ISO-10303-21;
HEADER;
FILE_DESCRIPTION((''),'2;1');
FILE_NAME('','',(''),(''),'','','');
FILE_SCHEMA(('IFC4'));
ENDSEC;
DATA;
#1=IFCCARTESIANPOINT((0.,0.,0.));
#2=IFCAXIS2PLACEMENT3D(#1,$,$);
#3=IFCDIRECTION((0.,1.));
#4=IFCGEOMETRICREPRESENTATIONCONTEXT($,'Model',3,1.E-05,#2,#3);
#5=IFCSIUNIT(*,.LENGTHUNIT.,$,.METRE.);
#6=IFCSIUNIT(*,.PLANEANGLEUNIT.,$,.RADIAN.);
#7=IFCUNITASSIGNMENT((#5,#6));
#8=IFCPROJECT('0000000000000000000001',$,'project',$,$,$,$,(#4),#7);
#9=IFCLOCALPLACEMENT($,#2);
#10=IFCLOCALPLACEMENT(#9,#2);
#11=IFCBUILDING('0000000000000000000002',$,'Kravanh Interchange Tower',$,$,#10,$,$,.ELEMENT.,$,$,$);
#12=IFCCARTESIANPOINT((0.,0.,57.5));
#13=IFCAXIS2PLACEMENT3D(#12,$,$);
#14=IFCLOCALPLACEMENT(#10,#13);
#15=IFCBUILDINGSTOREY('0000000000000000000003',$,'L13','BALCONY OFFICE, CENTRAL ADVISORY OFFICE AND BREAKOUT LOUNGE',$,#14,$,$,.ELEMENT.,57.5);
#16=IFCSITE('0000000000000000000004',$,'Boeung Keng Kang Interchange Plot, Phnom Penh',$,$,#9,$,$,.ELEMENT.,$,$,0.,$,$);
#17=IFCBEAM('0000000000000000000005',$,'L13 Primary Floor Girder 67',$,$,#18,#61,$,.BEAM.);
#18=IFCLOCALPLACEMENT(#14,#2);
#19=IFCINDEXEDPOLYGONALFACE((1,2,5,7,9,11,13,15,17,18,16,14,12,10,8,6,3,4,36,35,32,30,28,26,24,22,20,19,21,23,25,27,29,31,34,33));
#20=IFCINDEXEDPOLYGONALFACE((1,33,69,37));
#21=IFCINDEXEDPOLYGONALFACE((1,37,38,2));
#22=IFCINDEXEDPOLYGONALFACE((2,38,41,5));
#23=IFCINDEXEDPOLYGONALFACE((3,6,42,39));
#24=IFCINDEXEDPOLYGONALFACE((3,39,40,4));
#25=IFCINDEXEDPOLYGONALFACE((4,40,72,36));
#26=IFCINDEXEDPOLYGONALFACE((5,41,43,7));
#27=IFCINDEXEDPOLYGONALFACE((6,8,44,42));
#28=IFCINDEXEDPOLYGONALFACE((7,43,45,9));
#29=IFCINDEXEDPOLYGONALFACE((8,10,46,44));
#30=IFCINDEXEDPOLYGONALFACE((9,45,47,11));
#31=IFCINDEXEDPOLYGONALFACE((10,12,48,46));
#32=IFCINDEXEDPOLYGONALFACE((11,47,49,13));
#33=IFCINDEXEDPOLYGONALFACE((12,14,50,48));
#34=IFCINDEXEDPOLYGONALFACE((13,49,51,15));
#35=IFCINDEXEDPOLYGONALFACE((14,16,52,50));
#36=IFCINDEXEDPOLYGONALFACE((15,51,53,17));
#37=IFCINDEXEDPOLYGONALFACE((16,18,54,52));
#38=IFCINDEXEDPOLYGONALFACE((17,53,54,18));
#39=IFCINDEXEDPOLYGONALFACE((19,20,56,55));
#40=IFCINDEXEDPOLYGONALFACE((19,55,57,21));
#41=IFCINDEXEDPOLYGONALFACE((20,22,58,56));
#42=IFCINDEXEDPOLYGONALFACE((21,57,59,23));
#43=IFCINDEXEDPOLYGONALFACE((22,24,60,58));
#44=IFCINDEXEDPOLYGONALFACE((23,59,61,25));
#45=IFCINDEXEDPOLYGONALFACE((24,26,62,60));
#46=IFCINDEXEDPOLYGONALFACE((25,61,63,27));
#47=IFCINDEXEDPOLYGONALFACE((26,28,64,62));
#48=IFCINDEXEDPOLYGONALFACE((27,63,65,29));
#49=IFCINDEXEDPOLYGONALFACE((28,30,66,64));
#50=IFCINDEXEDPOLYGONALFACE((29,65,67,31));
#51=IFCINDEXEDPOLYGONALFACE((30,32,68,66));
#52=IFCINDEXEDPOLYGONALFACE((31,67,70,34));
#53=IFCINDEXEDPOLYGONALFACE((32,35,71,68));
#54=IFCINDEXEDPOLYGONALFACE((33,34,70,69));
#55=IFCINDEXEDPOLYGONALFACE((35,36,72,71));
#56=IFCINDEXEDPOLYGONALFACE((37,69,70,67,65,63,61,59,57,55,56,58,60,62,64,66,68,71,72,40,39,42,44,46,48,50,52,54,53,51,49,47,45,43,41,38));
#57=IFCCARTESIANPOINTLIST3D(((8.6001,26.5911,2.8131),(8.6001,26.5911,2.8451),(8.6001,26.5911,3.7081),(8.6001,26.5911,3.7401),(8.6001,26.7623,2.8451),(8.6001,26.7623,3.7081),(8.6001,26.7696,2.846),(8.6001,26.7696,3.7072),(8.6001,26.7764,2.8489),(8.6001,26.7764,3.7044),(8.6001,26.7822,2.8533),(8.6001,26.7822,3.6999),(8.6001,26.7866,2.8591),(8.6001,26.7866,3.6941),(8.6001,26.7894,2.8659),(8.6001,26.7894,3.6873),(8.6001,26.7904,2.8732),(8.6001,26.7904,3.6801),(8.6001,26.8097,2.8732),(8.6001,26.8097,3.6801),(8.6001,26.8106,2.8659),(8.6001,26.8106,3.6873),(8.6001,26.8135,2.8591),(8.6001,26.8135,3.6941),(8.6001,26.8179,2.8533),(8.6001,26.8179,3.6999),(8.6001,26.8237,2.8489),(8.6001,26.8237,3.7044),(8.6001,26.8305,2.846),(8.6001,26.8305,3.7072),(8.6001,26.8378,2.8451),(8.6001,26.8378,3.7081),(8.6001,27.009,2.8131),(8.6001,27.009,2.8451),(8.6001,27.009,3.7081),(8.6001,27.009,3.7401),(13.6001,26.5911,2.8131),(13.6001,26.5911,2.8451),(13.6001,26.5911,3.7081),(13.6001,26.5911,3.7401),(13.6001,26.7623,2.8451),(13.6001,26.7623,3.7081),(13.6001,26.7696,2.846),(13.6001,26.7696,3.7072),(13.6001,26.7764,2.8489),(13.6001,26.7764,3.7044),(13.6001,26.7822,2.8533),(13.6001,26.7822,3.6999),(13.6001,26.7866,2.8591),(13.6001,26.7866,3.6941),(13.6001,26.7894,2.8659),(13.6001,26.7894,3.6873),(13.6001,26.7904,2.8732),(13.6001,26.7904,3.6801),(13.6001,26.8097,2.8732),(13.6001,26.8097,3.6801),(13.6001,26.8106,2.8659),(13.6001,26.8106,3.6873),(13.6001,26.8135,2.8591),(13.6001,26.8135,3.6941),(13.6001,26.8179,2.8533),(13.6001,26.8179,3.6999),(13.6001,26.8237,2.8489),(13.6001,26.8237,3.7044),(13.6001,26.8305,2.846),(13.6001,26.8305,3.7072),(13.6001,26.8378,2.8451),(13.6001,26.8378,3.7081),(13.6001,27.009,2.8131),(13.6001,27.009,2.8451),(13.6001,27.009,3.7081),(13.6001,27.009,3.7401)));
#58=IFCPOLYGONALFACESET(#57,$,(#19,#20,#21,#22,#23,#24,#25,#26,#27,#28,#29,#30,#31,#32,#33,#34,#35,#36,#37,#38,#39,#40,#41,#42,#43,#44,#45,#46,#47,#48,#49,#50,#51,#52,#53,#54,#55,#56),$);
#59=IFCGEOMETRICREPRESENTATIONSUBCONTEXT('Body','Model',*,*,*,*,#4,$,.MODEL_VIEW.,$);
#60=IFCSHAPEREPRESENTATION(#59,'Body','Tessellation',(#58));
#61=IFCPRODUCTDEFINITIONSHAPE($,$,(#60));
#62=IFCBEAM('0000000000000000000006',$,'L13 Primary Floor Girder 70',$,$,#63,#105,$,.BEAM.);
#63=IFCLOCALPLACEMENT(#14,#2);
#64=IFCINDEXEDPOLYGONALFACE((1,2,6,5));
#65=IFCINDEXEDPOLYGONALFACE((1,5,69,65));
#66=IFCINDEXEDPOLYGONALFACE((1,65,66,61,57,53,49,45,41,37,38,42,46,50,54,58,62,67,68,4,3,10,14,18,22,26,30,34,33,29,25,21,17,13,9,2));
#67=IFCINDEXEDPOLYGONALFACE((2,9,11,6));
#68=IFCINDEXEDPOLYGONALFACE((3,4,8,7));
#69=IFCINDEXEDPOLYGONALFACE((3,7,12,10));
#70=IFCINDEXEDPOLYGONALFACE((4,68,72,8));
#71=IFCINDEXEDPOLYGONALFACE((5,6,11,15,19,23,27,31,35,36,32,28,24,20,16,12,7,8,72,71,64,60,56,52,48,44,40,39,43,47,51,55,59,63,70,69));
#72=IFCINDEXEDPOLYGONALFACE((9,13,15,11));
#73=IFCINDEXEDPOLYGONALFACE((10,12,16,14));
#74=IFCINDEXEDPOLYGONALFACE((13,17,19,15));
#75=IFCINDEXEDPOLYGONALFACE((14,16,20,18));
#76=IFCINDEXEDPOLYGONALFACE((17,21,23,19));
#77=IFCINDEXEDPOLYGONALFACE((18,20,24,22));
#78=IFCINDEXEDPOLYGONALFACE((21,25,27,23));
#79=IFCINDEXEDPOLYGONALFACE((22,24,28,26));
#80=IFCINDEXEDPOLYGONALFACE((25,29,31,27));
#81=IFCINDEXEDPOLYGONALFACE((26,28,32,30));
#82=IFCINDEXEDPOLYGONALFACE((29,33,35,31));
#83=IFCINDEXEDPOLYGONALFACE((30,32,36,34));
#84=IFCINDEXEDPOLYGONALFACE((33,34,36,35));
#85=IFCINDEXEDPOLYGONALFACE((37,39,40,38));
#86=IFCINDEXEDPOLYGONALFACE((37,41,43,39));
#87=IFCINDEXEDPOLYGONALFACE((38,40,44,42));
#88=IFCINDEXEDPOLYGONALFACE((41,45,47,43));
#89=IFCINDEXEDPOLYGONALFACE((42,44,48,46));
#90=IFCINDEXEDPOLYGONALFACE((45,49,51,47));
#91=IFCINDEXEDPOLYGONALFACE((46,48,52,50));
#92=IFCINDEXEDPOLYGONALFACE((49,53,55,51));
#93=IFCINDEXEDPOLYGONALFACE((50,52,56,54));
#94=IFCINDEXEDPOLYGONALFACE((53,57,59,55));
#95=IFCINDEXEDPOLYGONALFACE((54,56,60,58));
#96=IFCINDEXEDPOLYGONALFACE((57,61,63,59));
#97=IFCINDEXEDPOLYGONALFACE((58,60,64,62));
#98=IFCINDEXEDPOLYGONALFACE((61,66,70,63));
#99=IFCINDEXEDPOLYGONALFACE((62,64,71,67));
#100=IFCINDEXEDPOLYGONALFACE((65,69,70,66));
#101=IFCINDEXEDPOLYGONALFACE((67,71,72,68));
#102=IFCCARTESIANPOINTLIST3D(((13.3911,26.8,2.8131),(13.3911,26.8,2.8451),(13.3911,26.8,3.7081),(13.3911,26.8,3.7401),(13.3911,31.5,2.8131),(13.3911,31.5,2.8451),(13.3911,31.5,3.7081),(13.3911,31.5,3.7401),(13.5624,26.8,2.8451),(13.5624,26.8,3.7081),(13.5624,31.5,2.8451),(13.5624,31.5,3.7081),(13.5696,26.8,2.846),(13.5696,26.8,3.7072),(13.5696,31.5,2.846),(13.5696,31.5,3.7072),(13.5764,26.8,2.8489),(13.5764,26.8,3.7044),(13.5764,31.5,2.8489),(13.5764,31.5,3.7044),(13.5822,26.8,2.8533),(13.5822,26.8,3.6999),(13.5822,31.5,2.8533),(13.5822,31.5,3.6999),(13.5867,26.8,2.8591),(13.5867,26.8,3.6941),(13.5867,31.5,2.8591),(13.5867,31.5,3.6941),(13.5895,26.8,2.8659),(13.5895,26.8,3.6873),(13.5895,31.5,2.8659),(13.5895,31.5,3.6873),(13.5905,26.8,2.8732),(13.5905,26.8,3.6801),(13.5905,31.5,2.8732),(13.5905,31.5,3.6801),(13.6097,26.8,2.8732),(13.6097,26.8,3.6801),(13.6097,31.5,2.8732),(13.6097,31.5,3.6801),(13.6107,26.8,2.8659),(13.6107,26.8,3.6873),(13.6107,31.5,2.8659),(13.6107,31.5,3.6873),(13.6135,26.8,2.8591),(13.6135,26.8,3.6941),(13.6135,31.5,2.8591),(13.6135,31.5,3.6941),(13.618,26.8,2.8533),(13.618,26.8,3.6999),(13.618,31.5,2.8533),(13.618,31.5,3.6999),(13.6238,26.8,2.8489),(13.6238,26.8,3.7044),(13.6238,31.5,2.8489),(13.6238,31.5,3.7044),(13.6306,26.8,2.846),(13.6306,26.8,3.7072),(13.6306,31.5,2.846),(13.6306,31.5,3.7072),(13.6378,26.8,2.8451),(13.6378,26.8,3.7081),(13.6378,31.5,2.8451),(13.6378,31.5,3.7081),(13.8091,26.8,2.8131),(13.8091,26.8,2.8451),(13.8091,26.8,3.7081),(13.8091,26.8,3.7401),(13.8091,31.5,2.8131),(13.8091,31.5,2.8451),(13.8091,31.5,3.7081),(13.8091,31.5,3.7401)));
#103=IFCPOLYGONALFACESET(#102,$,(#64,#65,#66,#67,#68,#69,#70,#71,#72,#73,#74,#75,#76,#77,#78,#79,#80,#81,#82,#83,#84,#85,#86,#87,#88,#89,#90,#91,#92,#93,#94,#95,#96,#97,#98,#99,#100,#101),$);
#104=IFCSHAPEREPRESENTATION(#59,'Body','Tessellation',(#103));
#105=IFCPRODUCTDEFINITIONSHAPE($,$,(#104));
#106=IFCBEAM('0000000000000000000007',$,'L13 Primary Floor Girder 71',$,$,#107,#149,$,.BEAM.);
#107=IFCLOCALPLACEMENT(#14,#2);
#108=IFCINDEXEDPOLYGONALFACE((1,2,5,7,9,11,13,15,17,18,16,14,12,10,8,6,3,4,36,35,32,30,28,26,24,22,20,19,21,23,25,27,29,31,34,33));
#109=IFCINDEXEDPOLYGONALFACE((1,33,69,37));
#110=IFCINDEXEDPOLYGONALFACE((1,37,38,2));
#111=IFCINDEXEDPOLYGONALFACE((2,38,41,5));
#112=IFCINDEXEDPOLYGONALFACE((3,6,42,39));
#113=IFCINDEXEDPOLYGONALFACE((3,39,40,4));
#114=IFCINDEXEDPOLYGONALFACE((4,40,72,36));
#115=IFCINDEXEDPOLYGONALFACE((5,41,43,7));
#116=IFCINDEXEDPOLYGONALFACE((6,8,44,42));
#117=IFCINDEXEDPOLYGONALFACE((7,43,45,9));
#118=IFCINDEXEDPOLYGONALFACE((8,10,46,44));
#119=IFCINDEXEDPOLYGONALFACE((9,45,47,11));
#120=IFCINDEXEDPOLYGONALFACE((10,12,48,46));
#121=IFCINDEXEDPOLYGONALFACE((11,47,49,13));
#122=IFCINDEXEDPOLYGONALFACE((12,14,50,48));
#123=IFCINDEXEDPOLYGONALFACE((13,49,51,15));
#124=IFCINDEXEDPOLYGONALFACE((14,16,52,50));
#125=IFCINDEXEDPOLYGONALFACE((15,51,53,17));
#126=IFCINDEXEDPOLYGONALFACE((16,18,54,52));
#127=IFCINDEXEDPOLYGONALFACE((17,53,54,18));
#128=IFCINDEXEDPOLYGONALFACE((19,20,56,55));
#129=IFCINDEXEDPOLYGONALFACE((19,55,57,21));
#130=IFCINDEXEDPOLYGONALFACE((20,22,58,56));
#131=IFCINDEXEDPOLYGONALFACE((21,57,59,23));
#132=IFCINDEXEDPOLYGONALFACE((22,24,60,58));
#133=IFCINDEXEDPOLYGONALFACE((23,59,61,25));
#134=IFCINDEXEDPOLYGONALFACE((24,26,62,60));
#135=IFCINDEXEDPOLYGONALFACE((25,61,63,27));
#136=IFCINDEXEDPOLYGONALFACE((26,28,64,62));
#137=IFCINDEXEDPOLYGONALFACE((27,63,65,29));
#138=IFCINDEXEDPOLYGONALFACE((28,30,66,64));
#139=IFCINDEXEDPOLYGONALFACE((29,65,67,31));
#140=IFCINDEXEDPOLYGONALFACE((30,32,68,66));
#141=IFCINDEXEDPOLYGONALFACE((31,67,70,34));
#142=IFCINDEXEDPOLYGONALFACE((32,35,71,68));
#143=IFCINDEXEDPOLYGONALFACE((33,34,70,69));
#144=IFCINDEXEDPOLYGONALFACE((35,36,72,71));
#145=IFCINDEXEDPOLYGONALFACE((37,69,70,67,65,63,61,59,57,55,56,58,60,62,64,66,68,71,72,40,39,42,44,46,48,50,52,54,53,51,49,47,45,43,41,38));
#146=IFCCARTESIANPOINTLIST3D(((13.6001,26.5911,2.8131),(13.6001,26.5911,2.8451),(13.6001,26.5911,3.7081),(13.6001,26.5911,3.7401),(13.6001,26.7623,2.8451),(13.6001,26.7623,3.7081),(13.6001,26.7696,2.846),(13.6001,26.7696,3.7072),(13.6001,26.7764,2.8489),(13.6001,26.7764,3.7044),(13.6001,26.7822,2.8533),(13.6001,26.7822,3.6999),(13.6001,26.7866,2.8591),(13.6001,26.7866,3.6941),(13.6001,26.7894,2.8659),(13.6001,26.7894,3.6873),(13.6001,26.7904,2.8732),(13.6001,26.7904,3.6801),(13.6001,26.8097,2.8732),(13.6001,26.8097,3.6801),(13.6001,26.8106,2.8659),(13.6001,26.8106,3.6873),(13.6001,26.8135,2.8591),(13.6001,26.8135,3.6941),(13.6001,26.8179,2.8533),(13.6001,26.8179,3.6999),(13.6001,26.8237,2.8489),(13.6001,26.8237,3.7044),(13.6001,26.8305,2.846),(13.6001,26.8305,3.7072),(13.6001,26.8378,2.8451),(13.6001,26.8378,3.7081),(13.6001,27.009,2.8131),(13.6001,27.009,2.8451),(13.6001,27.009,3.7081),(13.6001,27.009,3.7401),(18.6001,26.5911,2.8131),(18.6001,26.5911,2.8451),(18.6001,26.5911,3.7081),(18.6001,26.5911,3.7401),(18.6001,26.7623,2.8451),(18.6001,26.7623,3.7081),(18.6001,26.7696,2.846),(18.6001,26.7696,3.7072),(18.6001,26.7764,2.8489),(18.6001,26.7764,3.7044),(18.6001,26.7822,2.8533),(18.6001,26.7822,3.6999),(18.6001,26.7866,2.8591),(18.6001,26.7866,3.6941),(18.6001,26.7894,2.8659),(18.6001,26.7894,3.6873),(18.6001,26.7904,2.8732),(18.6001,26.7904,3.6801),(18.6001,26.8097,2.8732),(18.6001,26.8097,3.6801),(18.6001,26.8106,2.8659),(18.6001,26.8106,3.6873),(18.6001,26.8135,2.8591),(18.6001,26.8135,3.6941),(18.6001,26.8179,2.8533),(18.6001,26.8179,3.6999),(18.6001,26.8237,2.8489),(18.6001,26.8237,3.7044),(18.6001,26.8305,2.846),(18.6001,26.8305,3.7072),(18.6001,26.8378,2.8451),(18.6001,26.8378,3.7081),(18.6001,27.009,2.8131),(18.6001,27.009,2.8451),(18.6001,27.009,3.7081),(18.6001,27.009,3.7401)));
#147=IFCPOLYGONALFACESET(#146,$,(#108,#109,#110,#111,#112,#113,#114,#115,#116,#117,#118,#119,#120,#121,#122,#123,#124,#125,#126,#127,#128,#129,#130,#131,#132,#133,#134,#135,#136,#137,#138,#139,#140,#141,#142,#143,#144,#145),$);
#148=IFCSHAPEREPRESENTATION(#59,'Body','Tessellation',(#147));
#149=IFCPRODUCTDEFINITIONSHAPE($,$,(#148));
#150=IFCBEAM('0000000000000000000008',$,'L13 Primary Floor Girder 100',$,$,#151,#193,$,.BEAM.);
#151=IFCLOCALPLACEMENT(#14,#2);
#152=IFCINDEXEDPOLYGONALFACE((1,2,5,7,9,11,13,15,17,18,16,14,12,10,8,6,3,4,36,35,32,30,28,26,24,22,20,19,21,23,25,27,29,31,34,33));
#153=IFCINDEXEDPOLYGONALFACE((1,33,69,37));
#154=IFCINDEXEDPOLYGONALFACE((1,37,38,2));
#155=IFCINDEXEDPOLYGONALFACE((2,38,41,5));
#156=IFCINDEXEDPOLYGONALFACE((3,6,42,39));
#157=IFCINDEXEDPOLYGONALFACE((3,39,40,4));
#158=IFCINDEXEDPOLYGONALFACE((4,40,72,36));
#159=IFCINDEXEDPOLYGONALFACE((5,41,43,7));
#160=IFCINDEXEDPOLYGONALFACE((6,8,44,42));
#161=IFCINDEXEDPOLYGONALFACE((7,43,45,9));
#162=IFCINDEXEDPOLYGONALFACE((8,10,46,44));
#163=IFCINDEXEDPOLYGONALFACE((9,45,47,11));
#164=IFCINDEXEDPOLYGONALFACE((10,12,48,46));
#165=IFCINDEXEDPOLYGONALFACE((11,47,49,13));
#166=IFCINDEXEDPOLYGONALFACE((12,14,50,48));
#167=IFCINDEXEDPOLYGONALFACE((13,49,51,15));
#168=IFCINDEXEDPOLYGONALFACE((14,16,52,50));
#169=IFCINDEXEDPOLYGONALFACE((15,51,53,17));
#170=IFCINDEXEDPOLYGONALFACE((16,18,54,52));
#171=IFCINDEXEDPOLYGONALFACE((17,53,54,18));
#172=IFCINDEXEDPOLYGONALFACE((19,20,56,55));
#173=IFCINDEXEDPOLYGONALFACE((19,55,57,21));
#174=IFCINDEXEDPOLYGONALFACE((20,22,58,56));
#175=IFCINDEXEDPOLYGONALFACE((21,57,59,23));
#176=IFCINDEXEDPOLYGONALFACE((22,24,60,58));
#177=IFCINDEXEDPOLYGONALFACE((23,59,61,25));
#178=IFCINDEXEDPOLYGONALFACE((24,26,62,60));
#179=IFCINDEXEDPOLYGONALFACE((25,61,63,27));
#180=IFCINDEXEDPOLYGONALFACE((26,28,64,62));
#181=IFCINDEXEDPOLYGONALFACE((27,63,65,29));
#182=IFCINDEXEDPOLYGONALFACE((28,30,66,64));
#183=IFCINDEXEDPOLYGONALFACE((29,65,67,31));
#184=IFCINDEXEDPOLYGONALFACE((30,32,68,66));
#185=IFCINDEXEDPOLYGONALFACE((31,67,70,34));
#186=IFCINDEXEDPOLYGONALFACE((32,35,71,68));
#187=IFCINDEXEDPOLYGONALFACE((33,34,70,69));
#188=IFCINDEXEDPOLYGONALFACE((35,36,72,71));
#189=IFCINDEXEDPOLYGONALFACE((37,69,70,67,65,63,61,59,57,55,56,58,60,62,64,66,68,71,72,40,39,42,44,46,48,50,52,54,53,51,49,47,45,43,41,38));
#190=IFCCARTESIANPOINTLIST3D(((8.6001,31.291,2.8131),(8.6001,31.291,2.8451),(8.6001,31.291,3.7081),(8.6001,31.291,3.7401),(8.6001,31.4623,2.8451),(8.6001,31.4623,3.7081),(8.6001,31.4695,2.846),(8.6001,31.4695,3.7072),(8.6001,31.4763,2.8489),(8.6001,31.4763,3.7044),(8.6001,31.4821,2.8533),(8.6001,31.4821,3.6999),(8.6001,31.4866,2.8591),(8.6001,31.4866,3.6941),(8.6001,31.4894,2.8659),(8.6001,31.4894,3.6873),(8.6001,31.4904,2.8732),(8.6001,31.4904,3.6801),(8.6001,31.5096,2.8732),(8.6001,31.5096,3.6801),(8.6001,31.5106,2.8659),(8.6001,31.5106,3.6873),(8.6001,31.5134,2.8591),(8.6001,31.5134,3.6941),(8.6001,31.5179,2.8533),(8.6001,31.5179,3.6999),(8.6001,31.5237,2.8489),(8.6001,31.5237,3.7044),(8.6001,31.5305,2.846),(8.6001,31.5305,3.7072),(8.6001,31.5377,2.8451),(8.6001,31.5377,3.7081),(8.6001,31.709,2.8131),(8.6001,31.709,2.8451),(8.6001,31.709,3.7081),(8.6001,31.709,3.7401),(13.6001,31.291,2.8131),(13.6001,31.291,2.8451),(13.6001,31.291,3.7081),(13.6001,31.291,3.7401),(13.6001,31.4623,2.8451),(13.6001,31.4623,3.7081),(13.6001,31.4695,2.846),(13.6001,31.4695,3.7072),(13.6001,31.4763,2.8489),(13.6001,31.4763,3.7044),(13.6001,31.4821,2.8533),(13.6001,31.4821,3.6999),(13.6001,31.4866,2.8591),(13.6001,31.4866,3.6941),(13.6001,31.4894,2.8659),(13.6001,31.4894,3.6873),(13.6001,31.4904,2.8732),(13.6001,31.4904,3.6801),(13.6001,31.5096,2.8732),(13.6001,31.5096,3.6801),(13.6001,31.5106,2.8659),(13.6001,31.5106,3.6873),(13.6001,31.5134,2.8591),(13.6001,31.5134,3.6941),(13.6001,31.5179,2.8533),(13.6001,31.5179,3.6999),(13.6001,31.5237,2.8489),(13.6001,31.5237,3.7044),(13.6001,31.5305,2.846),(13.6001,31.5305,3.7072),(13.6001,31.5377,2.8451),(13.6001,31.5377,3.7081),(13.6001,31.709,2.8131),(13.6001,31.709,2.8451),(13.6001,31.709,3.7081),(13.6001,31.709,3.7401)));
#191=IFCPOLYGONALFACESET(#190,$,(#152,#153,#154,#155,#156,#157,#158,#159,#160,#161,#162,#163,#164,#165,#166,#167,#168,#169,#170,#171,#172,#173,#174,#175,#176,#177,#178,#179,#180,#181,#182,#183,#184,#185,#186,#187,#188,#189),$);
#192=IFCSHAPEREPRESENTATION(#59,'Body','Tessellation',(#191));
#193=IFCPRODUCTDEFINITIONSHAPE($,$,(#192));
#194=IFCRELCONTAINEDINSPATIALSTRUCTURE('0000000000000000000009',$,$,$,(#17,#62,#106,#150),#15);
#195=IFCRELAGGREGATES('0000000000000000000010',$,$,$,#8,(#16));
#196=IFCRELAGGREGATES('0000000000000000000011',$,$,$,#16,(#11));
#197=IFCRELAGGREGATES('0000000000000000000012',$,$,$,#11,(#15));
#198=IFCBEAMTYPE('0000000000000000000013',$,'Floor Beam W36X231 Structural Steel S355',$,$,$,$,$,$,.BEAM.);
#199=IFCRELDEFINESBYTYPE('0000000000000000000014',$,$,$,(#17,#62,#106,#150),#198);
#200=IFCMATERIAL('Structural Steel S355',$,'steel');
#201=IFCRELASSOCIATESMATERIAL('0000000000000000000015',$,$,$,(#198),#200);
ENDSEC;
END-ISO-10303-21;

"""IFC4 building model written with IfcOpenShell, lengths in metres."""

from ifc_helpers import new_model, si_unit, direction, frame, origin, origin_2d, place, context, subcontext, project, spatial, i_section, extrude, material, material_profile, profile_set, type_object, element, save


model = new_model("IFC4")

# Units and contexts
model_context = context("Model", 3, precision=1e-05, world=origin(), true_north=direction((0.0, 1.0)))
body_context = subcontext(model_context, "Body", "Model", "MODEL_VIEW")
ifc_project = project(units=[si_unit("LENGTHUNIT", "METRE"), si_unit("PLANEANGLEUNIT", "RADIAN")], contexts=[model_context])

# Site, building, storey
site_placement = place(None, origin())
site = spatial("IfcSite", under=ifc_project, at=site_placement, Name="Boeung Keng Kang Interchange Plot, Phnom Penh", CompositionType="ELEMENT", RefElevation=0.0)
building_placement = place(site_placement, origin())
building = spatial("IfcBuilding", under=site, at=building_placement, Name="Kravanh Interchange Tower", CompositionType="ELEMENT")
storey_placement = place(building_placement, frame((0.0, 0.0, 57.5)))
storey = spatial("IfcBuildingStorey", under=building, at=storey_placement, Name="L13", Description="BALCONY OFFICE, CENTRAL ADVISORY OFFICE AND BREAKOUT LOUNGE", CompositionType="ELEMENT", Elevation=57.5)

# Beams
ifc_material_1 = material(Name="Structural Steel S355", Category="steel")
ifc_material_profile_1 = material_profile(ifc_material_1, i_section(OverallWidth=0.418, OverallDepth=0.927, WebThickness=0.0193, FlangeThickness=0.032, FilletRadius=0.0281, at=origin_2d()), Name="W36X231")
ifc_profile_set_1 = profile_set([ifc_material_profile_1], Name="Structural Steel S355")
beam_type_1 = type_object("IfcBeamType", Name="Floor Beam W36X231 Structural Steel S355", PredefinedType="BEAM", material=ifc_profile_set_1)
beam_1_placement = place(storey_placement, frame((8.6001, 26.8, 3.2766), z_axis=(1.0, 0.0, 0.0), x_axis=(0.0, 1.0, 0.0)))
element("IfcBeam", 1, at=beam_1_placement, inside=storey, type_object=beam_type_1, Name="L13 Primary Floor Girder 67", PredefinedType="BEAM", context=body_context, shape_type="SweptSolid", body=[
    extrude(i_section(OverallWidth=0.418, OverallDepth=0.927, WebThickness=0.0193, FlangeThickness=0.032, FilletRadius=0.0281, at=origin_2d()), origin(), (0.0, 0.0, 1.0), 5.0),
])
beam_2_placement = place(storey_placement, frame((13.6001, 26.8, 3.2766), z_axis=(0.0, 1.0, 0.0), x_axis=(-1.0, 0.0, 0.0)))
element("IfcBeam", 2, at=beam_2_placement, inside=storey, type_object=beam_type_1, Name="L13 Primary Floor Girder 70", PredefinedType="BEAM", context=body_context, shape_type="SweptSolid", body=[
    extrude(i_section(OverallWidth=0.418, OverallDepth=0.927, WebThickness=0.0193, FlangeThickness=0.032, FilletRadius=0.0281, at=origin_2d()), origin(), (0.0, 0.0, 1.0), 4.7),
])
for number, where, z_axis, x_axis, name in (
    (3, (13.6001, 26.8, 3.2766), (1.0, 0.0, 0.0), (0.0, 1.0, 0.0), "L13 Primary Floor Girder 71"),
    (4, (8.6001, 31.5, 3.2766), (1.0, 0.0, 0.0), (0.0, 1.0, 0.0), "L13 Primary Floor Girder 100"),
):
    element("IfcBeam", number, at=place(storey_placement, frame(where, z_axis=z_axis, x_axis=x_axis)), inside=storey, type_object=beam_type_1, Name=name, PredefinedType="BEAM", context=body_context, shape_type="SweptSolid", body=[
        extrude(i_section(OverallWidth=0.418, OverallDepth=0.927, WebThickness=0.0193, FlangeThickness=0.032, FilletRadius=0.0281, at=origin_2d()), origin(), (0.0, 0.0, 1.0), 5.0),
    ])

save(model, "model.ifc")
